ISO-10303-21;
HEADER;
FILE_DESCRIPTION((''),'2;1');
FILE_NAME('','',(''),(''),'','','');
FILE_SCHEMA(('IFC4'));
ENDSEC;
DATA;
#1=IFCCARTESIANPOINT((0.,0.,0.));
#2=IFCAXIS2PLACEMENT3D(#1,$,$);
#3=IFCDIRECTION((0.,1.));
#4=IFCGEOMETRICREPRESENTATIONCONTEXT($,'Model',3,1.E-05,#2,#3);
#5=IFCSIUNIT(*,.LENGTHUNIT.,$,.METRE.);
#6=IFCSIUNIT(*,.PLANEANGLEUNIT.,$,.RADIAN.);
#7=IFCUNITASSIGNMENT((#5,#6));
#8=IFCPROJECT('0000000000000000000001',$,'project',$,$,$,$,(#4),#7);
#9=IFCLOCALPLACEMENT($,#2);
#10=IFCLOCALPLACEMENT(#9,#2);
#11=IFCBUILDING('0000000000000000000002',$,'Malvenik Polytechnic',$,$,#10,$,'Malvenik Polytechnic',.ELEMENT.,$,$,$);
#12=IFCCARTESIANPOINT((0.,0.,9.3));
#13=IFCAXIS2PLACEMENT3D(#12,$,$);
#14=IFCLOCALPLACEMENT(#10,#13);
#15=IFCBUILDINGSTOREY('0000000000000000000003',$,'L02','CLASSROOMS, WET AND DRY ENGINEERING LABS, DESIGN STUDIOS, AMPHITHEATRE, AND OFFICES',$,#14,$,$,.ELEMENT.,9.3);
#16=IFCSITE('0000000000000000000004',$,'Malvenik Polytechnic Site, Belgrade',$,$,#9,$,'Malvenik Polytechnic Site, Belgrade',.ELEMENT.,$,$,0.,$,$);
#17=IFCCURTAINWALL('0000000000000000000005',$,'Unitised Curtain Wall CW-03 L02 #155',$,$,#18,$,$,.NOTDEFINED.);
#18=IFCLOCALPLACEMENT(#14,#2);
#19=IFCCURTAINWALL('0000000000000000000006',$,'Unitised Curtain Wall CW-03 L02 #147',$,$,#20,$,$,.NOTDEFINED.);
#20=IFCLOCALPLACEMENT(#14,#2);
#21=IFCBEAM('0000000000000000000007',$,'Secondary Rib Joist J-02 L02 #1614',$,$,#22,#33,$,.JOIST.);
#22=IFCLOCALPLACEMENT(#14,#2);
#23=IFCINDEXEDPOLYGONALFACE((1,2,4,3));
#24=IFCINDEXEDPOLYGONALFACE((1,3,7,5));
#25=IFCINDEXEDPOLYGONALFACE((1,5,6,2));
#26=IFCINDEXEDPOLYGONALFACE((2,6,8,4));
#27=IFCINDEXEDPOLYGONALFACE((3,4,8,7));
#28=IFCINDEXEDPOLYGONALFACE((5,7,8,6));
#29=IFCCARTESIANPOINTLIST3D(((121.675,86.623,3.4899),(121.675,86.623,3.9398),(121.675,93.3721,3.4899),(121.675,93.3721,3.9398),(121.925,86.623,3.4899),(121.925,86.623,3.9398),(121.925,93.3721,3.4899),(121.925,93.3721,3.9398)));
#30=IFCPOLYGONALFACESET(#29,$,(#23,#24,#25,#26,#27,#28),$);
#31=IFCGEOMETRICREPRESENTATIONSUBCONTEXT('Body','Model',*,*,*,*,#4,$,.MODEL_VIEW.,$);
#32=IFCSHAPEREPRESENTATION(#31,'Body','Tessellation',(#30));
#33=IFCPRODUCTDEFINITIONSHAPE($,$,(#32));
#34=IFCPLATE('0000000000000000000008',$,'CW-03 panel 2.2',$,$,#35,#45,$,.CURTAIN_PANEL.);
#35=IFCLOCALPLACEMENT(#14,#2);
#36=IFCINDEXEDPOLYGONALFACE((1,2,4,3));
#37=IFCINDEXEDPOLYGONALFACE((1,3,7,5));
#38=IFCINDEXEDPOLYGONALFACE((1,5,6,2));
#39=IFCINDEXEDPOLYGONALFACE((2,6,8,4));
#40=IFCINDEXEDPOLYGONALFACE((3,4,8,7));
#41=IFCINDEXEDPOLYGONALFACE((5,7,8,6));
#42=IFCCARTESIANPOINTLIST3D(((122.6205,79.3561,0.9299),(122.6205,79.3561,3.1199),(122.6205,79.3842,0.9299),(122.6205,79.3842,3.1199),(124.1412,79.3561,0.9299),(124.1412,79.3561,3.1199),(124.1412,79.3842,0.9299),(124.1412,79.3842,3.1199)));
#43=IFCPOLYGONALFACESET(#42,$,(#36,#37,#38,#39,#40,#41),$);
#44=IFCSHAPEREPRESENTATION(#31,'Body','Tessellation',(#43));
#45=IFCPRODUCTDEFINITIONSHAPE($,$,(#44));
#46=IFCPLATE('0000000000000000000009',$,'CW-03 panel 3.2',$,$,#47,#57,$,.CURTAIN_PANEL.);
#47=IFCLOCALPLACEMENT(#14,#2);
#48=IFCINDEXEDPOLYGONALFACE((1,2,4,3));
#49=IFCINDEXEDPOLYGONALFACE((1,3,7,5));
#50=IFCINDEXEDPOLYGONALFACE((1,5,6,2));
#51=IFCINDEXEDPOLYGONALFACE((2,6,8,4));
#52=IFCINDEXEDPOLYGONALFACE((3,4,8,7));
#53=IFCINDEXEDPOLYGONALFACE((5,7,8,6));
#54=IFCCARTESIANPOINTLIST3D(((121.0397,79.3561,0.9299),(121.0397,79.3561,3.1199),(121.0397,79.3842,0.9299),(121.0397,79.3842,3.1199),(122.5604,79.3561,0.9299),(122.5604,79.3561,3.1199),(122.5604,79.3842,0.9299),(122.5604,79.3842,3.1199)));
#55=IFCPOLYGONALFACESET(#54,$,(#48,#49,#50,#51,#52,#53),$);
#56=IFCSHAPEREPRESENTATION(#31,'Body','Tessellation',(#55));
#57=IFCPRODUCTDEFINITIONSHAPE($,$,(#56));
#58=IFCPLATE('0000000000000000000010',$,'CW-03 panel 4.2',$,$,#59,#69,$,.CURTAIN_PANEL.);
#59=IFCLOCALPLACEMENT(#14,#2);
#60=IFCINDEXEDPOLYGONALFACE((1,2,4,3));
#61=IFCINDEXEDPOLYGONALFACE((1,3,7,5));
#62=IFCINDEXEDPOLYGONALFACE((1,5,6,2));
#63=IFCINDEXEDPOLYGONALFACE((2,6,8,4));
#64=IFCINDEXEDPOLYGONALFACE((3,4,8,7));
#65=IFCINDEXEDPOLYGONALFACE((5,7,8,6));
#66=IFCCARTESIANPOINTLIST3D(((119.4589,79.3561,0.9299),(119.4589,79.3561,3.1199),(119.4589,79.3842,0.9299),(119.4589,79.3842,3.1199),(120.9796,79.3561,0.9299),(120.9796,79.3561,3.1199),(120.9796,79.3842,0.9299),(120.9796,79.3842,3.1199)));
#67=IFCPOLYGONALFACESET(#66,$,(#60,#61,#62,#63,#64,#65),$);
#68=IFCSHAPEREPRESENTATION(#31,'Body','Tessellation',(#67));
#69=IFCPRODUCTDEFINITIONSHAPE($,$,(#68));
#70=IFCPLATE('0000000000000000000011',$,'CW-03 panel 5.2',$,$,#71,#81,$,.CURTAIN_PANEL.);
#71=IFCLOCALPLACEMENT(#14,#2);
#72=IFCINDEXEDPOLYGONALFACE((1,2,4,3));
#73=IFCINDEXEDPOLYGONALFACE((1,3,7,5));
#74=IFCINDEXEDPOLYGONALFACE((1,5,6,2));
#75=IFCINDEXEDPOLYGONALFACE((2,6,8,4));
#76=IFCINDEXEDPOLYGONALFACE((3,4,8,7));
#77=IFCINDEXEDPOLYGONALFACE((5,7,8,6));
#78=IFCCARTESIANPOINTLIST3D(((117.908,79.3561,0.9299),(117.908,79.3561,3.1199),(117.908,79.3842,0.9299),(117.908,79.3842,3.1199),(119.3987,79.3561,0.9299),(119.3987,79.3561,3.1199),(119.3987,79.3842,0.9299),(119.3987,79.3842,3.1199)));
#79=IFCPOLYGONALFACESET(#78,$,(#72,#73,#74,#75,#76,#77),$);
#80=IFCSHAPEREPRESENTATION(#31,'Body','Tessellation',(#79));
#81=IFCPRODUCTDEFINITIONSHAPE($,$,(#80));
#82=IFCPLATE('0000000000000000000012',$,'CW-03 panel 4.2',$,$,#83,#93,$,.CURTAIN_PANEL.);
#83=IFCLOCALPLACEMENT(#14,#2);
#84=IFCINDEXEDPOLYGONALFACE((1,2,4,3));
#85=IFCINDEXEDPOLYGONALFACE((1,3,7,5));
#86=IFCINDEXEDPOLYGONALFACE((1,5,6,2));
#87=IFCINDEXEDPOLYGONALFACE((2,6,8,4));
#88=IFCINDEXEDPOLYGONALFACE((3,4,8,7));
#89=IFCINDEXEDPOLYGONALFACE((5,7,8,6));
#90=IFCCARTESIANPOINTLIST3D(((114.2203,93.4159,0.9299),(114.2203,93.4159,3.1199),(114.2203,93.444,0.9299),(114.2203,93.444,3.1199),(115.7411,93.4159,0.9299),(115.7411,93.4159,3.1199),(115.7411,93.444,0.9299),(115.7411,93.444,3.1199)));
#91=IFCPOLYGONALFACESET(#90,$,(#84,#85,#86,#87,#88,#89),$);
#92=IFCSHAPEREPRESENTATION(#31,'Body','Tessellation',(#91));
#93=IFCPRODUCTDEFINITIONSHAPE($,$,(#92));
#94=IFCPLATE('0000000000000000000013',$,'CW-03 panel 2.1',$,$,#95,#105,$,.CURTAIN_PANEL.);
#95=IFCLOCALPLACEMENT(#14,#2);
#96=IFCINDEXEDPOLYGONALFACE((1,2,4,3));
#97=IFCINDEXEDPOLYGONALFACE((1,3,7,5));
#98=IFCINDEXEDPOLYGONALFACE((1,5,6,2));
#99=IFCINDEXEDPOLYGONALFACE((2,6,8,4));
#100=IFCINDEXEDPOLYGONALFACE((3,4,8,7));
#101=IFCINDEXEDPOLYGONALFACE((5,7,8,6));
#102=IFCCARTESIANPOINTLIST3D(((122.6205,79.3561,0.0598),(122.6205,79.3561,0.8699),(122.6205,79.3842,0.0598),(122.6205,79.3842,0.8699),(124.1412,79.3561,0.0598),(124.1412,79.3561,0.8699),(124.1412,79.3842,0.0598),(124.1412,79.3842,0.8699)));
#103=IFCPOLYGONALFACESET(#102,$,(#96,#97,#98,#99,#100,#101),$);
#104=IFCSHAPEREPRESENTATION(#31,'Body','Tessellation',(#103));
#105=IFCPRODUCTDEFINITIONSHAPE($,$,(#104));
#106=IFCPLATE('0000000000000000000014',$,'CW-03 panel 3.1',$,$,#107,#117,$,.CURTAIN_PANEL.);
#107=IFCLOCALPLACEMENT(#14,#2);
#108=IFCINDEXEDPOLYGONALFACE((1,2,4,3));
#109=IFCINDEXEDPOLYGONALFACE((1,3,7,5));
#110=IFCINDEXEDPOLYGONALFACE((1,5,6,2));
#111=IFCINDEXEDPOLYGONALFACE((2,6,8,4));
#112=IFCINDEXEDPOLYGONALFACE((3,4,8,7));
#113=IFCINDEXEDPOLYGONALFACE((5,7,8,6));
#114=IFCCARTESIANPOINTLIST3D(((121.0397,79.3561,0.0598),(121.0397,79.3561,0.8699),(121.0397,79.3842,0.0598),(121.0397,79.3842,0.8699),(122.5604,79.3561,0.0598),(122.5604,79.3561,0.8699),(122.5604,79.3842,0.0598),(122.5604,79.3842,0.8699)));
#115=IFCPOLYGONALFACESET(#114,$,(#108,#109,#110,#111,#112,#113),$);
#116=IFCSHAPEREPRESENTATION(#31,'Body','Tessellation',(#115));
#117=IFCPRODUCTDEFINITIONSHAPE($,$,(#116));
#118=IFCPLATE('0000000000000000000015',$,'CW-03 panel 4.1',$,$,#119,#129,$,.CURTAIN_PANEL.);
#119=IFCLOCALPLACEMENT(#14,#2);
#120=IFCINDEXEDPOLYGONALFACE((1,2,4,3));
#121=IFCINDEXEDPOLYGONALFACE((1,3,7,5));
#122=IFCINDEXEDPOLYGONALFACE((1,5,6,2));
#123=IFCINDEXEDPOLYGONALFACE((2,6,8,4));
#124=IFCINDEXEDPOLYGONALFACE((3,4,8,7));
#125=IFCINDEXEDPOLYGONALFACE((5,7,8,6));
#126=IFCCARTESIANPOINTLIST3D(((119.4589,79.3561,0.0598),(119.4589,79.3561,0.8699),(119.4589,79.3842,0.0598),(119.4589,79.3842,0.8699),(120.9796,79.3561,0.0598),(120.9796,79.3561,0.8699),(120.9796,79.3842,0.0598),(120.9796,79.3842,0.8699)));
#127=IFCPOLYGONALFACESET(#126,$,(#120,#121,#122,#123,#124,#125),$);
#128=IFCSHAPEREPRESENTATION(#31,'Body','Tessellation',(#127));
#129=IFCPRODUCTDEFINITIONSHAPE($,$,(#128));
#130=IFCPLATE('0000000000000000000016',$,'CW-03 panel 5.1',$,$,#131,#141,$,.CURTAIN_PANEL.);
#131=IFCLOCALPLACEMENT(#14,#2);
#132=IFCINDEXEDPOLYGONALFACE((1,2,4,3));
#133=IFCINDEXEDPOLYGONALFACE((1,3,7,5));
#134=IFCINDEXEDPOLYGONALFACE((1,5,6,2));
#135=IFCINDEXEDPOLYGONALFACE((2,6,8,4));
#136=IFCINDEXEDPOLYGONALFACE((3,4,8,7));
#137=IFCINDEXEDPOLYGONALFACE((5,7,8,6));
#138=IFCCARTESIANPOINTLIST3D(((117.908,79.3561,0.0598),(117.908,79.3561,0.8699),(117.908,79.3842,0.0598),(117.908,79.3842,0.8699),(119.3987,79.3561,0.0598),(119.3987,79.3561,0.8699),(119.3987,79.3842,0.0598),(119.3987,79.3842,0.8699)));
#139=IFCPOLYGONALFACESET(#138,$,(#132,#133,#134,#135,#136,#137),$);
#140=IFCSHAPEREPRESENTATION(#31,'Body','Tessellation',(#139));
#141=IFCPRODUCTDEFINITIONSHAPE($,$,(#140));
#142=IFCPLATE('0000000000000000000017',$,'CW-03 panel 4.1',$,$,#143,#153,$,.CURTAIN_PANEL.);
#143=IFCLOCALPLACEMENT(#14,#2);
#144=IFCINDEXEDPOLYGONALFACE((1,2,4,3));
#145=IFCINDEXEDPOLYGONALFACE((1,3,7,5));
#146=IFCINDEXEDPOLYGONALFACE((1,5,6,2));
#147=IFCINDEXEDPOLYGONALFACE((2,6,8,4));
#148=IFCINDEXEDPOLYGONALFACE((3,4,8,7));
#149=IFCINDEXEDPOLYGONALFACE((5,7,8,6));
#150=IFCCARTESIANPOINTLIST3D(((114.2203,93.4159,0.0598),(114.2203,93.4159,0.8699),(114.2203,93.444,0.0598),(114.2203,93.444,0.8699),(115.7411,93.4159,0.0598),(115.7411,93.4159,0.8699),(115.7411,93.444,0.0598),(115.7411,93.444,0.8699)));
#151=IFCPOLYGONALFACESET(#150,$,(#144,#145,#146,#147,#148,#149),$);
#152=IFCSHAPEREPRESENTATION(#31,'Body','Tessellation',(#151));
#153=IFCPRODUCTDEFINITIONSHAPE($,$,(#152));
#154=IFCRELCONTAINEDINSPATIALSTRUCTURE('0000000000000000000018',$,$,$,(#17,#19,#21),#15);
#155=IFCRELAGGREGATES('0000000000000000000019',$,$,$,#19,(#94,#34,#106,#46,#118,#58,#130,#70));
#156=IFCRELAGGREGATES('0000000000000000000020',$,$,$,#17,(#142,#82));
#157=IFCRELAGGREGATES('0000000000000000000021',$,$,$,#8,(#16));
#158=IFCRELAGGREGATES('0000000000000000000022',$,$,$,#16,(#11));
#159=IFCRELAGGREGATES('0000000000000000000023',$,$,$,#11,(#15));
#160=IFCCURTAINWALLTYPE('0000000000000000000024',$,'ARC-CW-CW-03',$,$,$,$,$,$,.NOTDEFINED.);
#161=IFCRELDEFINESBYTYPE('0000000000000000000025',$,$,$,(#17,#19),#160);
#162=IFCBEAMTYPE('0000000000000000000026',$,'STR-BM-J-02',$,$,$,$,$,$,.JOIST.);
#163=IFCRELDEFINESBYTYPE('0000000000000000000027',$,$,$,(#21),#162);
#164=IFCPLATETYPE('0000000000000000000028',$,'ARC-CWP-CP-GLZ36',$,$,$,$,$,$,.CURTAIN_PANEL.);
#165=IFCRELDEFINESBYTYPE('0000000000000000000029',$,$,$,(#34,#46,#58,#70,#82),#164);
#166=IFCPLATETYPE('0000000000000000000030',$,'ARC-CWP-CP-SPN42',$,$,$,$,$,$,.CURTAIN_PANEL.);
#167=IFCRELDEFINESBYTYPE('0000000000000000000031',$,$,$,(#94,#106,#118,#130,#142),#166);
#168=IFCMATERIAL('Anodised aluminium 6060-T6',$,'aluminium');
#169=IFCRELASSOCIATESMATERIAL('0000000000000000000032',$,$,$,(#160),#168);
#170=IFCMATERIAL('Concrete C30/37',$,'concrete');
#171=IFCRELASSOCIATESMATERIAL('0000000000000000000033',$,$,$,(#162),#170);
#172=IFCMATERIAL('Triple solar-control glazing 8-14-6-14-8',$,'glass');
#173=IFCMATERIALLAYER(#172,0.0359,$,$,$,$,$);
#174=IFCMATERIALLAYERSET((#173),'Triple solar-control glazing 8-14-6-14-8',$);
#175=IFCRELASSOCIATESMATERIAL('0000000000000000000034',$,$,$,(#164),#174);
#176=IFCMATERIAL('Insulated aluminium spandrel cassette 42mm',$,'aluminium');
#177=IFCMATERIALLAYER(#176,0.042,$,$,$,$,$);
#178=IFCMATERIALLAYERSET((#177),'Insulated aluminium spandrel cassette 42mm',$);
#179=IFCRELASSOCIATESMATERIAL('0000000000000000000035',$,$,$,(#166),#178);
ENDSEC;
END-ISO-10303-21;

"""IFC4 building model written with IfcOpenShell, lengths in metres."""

from ifc_helpers import new_model, si_unit, direction, frame, origin, origin_2d, place, context, subcontext, project, spatial, rectangle, extrude, material, layer, layer_set, material_profile, profile_set, type_object, element, aggregate, save


model = new_model("IFC4")

# Units and contexts
model_context = context("Model", 3, precision=1e-05, world=origin(), true_north=direction((0.0, 1.0)))
body_context = subcontext(model_context, "Body", "Model", "MODEL_VIEW")
ifc_project = project(units=[si_unit("LENGTHUNIT", "METRE"), si_unit("PLANEANGLEUNIT", "RADIAN")], contexts=[model_context])

# Site, building, storey
site_placement = place(None, origin())
site = spatial("IfcSite", under=ifc_project, at=site_placement, Name="Malvenik Polytechnic Site, Belgrade", LongName="Malvenik Polytechnic Site, Belgrade", CompositionType="ELEMENT", RefElevation=0.0)
building_placement = place(site_placement, origin())
building = spatial("IfcBuilding", under=site, at=building_placement, Name="Malvenik Polytechnic", LongName="Malvenik Polytechnic", CompositionType="ELEMENT")
storey_placement = place(building_placement, frame((0.0, 0.0, 9.3)))
storey = spatial("IfcBuildingStorey", under=building, at=storey_placement, Name="L02", Description="CLASSROOMS, WET AND DRY ENGINEERING LABS, DESIGN STUDIOS, AMPHITHEATRE, AND OFFICES", CompositionType="ELEMENT", Elevation=9.3)

# Curtain wall
ifc_material_1 = material(Name="Anodised aluminium 6060-T6", Category="aluminium")
curtain_wall_type = type_object("IfcCurtainWallType", Name="ARC-CW-CW-03", PredefinedType="NOTDEFINED", material=ifc_material_1)
curtain_wall_1_placement = place(storey_placement, origin())
curtain_wall_1 = element("IfcCurtainWall", 1, at=curtain_wall_1_placement, inside=storey, type_object=curtain_wall_type, Name="Unitised Curtain Wall CW-03 L02 #155", PredefinedType="NOTDEFINED")

# Curtain wall
curtain_wall_2_placement = place(storey_placement, origin())
curtain_wall_2 = element("IfcCurtainWall", 2, at=curtain_wall_2_placement, inside=storey, type_object=curtain_wall_type, Name="Unitised Curtain Wall CW-03 L02 #147", PredefinedType="NOTDEFINED")

# Beam
ifc_material_2 = material(Name="Concrete C30/37", Category="concrete")
ifc_material_profile_1 = material_profile(ifc_material_2, rectangle(XDim=0.25, YDim=0.45, at=origin_2d()), Name="RC JST 250x450")
ifc_profile_set_1 = profile_set([ifc_material_profile_1], Name="Concrete C30/37")
beam_type_1 = type_object("IfcBeamType", Name="STR-BM-J-02", PredefinedType="JOIST", material=ifc_profile_set_1)
for number, where, z_axis, x_axis, name in (
    (3, (121.8, 86.623, 3.7148), (0.0, 1.0, 0.0), (-1.0, 0.0, 0.0), "Secondary Rib Joist J-02 L02 #1614"),
):
    element("IfcBeam", number, at=place(storey_placement, frame(where, z_axis=z_axis, x_axis=x_axis)), inside=storey, type_object=beam_type_1, Name=name, PredefinedType="JOIST", context=body_context, shape_type="SweptSolid", body=[
        extrude(rectangle(XDim=0.25, YDim=0.45, at=origin_2d()), origin(), (0.0, 0.0, 1.0), 6.749),
    ])

# Plates
ifc_material_3 = material(Name="Triple solar-control glazing 8-14-6-14-8", Category="glass")
ifc_layer_1 = layer(ifc_material_3, 0.0359)
ifc_layer_set_1 = layer_set([ifc_layer_1], Name="Triple solar-control glazing 8-14-6-14-8")
plate_type_1 = type_object("IfcPlateType", Name="ARC-CWP-CP-GLZ36", PredefinedType="CURTAIN_PANEL", material=ifc_layer_set_1)
plate_1_placement = place(storey_placement, frame((123.3809, 79.3701, 0.9299), z_axis=(0.0, 0.0, 1.0), x_axis=(-1.0, 0.0, 0.0)))
plate_1 = element("IfcPlate", 4, at=plate_1_placement, type_object=plate_type_1, Name="CW-03 panel 2.2", PredefinedType="CURTAIN_PANEL", context=body_context, shape_type="SweptSolid", body=[
    extrude(rectangle(XDim=1.5208, YDim=0.0281, at=origin_2d()), origin(), (0.0, 0.0, 1.0), 2.1899),
])
plate_2_placement = place(storey_placement, frame((121.8, 79.3701, 0.9299), z_axis=(0.0, 0.0, 1.0), x_axis=(-1.0, 0.0, 0.0)))
plate_2 = element("IfcPlate", 5, at=plate_2_placement, type_object=plate_type_1, Name="CW-03 panel 3.2", PredefinedType="CURTAIN_PANEL", context=body_context, shape_type="SweptSolid", body=[
    extrude(rectangle(XDim=1.5208, YDim=0.0281, at=origin_2d()), origin(), (0.0, 0.0, 1.0), 2.1899),
])
plate_3_placement = place(storey_placement, frame((120.2192, 79.3701, 0.9299), z_axis=(0.0, 0.0, 1.0), x_axis=(-1.0, 0.0, 0.0)))
plate_3 = element("IfcPlate", 6, at=plate_3_placement, type_object=plate_type_1, Name="CW-03 panel 4.2", PredefinedType="CURTAIN_PANEL", context=body_context, shape_type="SweptSolid", body=[
    extrude(rectangle(XDim=1.5208, YDim=0.0281, at=origin_2d()), origin(), (0.0, 0.0, 1.0), 2.1899),
])
plate_4_placement = place(storey_placement, frame((118.6533, 79.3701, 0.9299), z_axis=(0.0, 0.0, 1.0), x_axis=(-1.0, 0.0, 0.0)))
plate_4 = element("IfcPlate", 7, at=plate_4_placement, type_object=plate_type_1, Name="CW-03 panel 5.2", PredefinedType="CURTAIN_PANEL", context=body_context, shape_type="SweptSolid", body=[
    extrude(rectangle(XDim=1.4907, YDim=0.0281, at=origin_2d()), origin(), (0.0, 0.0, 1.0), 2.1899),
])
plate_5_placement = place(storey_placement, frame((114.9807, 93.4299, 0.9299), z_axis=(0.0, 0.0, 1.0), x_axis=(1.0, 0.0, 0.0)))
plate_5 = element("IfcPlate", 8, at=plate_5_placement, type_object=plate_type_1, Name="CW-03 panel 4.2", PredefinedType="CURTAIN_PANEL", context=body_context, shape_type="SweptSolid", body=[
    extrude(rectangle(XDim=1.5208, YDim=0.0281, at=origin_2d()), origin(), (0.0, 0.0, 1.0), 2.1899),
])
ifc_material_4 = material(Name="Insulated aluminium spandrel cassette 42mm", Category="aluminium")
ifc_layer_2 = layer(ifc_material_4, 0.042)
ifc_layer_set_2 = layer_set([ifc_layer_2], Name="Insulated aluminium spandrel cassette 42mm")
plate_type_2 = type_object("IfcPlateType", Name="ARC-CWP-CP-SPN42", PredefinedType="CURTAIN_PANEL", material=ifc_layer_set_2)
plate_6_placement = place(storey_placement, frame((123.3809, 79.3701, 0.0598), z_axis=(0.0, 0.0, 1.0), x_axis=(-1.0, 0.0, 0.0)))
plate_6 = element("IfcPlate", 9, at=plate_6_placement, type_object=plate_type_2, Name="CW-03 panel 2.1", PredefinedType="CURTAIN_PANEL", context=body_context, shape_type="SweptSolid", body=[
    extrude(rectangle(XDim=1.5208, YDim=0.0281, at=origin_2d()), origin(), (0.0, 0.0, 1.0), 0.8101),
])
plate_7_placement = place(storey_placement, frame((121.8, 79.3701, 0.0598), z_axis=(0.0, 0.0, 1.0), x_axis=(-1.0, 0.0, 0.0)))
plate_7 = element("IfcPlate", 10, at=plate_7_placement, type_object=plate_type_2, Name="CW-03 panel 3.1", PredefinedType="CURTAIN_PANEL", context=body_context, shape_type="SweptSolid", body=[
    extrude(rectangle(XDim=1.5208, YDim=0.0281, at=origin_2d()), origin(), (0.0, 0.0, 1.0), 0.8101),
])
plate_8_placement = place(storey_placement, frame((120.2192, 79.3701, 0.0598), z_axis=(0.0, 0.0, 1.0), x_axis=(-1.0, 0.0, 0.0)))
plate_8 = element("IfcPlate", 11, at=plate_8_placement, type_object=plate_type_2, Name="CW-03 panel 4.1", PredefinedType="CURTAIN_PANEL", context=body_context, shape_type="SweptSolid", body=[
    extrude(rectangle(XDim=1.5208, YDim=0.0281, at=origin_2d()), origin(), (0.0, 0.0, 1.0), 0.8101),
])
plate_9_placement = place(storey_placement, frame((118.6533, 79.3701, 0.0598), z_axis=(0.0, 0.0, 1.0), x_axis=(-1.0, 0.0, 0.0)))
plate_9 = element("IfcPlate", 12, at=plate_9_placement, type_object=plate_type_2, Name="CW-03 panel 5.1", PredefinedType="CURTAIN_PANEL", context=body_context, shape_type="SweptSolid", body=[
    extrude(rectangle(XDim=1.4907, YDim=0.0281, at=origin_2d()), origin(), (0.0, 0.0, 1.0), 0.8101),
])
aggregate(curtain_wall_2, [plate_6, plate_1, plate_7, plate_2, plate_8, plate_3, plate_9, plate_4])
plate_10_placement = place(storey_placement, frame((114.9807, 93.4299, 0.0598), z_axis=(0.0, 0.0, 1.0), x_axis=(1.0, 0.0, 0.0)))
plate_10 = element("IfcPlate", 13, at=plate_10_placement, type_object=plate_type_2, Name="CW-03 panel 4.1", PredefinedType="CURTAIN_PANEL", context=body_context, shape_type="SweptSolid", body=[
    extrude(rectangle(XDim=1.5208, YDim=0.0281, at=origin_2d()), origin(), (0.0, 0.0, 1.0), 0.8101),
])
aggregate(curtain_wall_1, [plate_10, plate_5])

save(model, "model.ifc")
